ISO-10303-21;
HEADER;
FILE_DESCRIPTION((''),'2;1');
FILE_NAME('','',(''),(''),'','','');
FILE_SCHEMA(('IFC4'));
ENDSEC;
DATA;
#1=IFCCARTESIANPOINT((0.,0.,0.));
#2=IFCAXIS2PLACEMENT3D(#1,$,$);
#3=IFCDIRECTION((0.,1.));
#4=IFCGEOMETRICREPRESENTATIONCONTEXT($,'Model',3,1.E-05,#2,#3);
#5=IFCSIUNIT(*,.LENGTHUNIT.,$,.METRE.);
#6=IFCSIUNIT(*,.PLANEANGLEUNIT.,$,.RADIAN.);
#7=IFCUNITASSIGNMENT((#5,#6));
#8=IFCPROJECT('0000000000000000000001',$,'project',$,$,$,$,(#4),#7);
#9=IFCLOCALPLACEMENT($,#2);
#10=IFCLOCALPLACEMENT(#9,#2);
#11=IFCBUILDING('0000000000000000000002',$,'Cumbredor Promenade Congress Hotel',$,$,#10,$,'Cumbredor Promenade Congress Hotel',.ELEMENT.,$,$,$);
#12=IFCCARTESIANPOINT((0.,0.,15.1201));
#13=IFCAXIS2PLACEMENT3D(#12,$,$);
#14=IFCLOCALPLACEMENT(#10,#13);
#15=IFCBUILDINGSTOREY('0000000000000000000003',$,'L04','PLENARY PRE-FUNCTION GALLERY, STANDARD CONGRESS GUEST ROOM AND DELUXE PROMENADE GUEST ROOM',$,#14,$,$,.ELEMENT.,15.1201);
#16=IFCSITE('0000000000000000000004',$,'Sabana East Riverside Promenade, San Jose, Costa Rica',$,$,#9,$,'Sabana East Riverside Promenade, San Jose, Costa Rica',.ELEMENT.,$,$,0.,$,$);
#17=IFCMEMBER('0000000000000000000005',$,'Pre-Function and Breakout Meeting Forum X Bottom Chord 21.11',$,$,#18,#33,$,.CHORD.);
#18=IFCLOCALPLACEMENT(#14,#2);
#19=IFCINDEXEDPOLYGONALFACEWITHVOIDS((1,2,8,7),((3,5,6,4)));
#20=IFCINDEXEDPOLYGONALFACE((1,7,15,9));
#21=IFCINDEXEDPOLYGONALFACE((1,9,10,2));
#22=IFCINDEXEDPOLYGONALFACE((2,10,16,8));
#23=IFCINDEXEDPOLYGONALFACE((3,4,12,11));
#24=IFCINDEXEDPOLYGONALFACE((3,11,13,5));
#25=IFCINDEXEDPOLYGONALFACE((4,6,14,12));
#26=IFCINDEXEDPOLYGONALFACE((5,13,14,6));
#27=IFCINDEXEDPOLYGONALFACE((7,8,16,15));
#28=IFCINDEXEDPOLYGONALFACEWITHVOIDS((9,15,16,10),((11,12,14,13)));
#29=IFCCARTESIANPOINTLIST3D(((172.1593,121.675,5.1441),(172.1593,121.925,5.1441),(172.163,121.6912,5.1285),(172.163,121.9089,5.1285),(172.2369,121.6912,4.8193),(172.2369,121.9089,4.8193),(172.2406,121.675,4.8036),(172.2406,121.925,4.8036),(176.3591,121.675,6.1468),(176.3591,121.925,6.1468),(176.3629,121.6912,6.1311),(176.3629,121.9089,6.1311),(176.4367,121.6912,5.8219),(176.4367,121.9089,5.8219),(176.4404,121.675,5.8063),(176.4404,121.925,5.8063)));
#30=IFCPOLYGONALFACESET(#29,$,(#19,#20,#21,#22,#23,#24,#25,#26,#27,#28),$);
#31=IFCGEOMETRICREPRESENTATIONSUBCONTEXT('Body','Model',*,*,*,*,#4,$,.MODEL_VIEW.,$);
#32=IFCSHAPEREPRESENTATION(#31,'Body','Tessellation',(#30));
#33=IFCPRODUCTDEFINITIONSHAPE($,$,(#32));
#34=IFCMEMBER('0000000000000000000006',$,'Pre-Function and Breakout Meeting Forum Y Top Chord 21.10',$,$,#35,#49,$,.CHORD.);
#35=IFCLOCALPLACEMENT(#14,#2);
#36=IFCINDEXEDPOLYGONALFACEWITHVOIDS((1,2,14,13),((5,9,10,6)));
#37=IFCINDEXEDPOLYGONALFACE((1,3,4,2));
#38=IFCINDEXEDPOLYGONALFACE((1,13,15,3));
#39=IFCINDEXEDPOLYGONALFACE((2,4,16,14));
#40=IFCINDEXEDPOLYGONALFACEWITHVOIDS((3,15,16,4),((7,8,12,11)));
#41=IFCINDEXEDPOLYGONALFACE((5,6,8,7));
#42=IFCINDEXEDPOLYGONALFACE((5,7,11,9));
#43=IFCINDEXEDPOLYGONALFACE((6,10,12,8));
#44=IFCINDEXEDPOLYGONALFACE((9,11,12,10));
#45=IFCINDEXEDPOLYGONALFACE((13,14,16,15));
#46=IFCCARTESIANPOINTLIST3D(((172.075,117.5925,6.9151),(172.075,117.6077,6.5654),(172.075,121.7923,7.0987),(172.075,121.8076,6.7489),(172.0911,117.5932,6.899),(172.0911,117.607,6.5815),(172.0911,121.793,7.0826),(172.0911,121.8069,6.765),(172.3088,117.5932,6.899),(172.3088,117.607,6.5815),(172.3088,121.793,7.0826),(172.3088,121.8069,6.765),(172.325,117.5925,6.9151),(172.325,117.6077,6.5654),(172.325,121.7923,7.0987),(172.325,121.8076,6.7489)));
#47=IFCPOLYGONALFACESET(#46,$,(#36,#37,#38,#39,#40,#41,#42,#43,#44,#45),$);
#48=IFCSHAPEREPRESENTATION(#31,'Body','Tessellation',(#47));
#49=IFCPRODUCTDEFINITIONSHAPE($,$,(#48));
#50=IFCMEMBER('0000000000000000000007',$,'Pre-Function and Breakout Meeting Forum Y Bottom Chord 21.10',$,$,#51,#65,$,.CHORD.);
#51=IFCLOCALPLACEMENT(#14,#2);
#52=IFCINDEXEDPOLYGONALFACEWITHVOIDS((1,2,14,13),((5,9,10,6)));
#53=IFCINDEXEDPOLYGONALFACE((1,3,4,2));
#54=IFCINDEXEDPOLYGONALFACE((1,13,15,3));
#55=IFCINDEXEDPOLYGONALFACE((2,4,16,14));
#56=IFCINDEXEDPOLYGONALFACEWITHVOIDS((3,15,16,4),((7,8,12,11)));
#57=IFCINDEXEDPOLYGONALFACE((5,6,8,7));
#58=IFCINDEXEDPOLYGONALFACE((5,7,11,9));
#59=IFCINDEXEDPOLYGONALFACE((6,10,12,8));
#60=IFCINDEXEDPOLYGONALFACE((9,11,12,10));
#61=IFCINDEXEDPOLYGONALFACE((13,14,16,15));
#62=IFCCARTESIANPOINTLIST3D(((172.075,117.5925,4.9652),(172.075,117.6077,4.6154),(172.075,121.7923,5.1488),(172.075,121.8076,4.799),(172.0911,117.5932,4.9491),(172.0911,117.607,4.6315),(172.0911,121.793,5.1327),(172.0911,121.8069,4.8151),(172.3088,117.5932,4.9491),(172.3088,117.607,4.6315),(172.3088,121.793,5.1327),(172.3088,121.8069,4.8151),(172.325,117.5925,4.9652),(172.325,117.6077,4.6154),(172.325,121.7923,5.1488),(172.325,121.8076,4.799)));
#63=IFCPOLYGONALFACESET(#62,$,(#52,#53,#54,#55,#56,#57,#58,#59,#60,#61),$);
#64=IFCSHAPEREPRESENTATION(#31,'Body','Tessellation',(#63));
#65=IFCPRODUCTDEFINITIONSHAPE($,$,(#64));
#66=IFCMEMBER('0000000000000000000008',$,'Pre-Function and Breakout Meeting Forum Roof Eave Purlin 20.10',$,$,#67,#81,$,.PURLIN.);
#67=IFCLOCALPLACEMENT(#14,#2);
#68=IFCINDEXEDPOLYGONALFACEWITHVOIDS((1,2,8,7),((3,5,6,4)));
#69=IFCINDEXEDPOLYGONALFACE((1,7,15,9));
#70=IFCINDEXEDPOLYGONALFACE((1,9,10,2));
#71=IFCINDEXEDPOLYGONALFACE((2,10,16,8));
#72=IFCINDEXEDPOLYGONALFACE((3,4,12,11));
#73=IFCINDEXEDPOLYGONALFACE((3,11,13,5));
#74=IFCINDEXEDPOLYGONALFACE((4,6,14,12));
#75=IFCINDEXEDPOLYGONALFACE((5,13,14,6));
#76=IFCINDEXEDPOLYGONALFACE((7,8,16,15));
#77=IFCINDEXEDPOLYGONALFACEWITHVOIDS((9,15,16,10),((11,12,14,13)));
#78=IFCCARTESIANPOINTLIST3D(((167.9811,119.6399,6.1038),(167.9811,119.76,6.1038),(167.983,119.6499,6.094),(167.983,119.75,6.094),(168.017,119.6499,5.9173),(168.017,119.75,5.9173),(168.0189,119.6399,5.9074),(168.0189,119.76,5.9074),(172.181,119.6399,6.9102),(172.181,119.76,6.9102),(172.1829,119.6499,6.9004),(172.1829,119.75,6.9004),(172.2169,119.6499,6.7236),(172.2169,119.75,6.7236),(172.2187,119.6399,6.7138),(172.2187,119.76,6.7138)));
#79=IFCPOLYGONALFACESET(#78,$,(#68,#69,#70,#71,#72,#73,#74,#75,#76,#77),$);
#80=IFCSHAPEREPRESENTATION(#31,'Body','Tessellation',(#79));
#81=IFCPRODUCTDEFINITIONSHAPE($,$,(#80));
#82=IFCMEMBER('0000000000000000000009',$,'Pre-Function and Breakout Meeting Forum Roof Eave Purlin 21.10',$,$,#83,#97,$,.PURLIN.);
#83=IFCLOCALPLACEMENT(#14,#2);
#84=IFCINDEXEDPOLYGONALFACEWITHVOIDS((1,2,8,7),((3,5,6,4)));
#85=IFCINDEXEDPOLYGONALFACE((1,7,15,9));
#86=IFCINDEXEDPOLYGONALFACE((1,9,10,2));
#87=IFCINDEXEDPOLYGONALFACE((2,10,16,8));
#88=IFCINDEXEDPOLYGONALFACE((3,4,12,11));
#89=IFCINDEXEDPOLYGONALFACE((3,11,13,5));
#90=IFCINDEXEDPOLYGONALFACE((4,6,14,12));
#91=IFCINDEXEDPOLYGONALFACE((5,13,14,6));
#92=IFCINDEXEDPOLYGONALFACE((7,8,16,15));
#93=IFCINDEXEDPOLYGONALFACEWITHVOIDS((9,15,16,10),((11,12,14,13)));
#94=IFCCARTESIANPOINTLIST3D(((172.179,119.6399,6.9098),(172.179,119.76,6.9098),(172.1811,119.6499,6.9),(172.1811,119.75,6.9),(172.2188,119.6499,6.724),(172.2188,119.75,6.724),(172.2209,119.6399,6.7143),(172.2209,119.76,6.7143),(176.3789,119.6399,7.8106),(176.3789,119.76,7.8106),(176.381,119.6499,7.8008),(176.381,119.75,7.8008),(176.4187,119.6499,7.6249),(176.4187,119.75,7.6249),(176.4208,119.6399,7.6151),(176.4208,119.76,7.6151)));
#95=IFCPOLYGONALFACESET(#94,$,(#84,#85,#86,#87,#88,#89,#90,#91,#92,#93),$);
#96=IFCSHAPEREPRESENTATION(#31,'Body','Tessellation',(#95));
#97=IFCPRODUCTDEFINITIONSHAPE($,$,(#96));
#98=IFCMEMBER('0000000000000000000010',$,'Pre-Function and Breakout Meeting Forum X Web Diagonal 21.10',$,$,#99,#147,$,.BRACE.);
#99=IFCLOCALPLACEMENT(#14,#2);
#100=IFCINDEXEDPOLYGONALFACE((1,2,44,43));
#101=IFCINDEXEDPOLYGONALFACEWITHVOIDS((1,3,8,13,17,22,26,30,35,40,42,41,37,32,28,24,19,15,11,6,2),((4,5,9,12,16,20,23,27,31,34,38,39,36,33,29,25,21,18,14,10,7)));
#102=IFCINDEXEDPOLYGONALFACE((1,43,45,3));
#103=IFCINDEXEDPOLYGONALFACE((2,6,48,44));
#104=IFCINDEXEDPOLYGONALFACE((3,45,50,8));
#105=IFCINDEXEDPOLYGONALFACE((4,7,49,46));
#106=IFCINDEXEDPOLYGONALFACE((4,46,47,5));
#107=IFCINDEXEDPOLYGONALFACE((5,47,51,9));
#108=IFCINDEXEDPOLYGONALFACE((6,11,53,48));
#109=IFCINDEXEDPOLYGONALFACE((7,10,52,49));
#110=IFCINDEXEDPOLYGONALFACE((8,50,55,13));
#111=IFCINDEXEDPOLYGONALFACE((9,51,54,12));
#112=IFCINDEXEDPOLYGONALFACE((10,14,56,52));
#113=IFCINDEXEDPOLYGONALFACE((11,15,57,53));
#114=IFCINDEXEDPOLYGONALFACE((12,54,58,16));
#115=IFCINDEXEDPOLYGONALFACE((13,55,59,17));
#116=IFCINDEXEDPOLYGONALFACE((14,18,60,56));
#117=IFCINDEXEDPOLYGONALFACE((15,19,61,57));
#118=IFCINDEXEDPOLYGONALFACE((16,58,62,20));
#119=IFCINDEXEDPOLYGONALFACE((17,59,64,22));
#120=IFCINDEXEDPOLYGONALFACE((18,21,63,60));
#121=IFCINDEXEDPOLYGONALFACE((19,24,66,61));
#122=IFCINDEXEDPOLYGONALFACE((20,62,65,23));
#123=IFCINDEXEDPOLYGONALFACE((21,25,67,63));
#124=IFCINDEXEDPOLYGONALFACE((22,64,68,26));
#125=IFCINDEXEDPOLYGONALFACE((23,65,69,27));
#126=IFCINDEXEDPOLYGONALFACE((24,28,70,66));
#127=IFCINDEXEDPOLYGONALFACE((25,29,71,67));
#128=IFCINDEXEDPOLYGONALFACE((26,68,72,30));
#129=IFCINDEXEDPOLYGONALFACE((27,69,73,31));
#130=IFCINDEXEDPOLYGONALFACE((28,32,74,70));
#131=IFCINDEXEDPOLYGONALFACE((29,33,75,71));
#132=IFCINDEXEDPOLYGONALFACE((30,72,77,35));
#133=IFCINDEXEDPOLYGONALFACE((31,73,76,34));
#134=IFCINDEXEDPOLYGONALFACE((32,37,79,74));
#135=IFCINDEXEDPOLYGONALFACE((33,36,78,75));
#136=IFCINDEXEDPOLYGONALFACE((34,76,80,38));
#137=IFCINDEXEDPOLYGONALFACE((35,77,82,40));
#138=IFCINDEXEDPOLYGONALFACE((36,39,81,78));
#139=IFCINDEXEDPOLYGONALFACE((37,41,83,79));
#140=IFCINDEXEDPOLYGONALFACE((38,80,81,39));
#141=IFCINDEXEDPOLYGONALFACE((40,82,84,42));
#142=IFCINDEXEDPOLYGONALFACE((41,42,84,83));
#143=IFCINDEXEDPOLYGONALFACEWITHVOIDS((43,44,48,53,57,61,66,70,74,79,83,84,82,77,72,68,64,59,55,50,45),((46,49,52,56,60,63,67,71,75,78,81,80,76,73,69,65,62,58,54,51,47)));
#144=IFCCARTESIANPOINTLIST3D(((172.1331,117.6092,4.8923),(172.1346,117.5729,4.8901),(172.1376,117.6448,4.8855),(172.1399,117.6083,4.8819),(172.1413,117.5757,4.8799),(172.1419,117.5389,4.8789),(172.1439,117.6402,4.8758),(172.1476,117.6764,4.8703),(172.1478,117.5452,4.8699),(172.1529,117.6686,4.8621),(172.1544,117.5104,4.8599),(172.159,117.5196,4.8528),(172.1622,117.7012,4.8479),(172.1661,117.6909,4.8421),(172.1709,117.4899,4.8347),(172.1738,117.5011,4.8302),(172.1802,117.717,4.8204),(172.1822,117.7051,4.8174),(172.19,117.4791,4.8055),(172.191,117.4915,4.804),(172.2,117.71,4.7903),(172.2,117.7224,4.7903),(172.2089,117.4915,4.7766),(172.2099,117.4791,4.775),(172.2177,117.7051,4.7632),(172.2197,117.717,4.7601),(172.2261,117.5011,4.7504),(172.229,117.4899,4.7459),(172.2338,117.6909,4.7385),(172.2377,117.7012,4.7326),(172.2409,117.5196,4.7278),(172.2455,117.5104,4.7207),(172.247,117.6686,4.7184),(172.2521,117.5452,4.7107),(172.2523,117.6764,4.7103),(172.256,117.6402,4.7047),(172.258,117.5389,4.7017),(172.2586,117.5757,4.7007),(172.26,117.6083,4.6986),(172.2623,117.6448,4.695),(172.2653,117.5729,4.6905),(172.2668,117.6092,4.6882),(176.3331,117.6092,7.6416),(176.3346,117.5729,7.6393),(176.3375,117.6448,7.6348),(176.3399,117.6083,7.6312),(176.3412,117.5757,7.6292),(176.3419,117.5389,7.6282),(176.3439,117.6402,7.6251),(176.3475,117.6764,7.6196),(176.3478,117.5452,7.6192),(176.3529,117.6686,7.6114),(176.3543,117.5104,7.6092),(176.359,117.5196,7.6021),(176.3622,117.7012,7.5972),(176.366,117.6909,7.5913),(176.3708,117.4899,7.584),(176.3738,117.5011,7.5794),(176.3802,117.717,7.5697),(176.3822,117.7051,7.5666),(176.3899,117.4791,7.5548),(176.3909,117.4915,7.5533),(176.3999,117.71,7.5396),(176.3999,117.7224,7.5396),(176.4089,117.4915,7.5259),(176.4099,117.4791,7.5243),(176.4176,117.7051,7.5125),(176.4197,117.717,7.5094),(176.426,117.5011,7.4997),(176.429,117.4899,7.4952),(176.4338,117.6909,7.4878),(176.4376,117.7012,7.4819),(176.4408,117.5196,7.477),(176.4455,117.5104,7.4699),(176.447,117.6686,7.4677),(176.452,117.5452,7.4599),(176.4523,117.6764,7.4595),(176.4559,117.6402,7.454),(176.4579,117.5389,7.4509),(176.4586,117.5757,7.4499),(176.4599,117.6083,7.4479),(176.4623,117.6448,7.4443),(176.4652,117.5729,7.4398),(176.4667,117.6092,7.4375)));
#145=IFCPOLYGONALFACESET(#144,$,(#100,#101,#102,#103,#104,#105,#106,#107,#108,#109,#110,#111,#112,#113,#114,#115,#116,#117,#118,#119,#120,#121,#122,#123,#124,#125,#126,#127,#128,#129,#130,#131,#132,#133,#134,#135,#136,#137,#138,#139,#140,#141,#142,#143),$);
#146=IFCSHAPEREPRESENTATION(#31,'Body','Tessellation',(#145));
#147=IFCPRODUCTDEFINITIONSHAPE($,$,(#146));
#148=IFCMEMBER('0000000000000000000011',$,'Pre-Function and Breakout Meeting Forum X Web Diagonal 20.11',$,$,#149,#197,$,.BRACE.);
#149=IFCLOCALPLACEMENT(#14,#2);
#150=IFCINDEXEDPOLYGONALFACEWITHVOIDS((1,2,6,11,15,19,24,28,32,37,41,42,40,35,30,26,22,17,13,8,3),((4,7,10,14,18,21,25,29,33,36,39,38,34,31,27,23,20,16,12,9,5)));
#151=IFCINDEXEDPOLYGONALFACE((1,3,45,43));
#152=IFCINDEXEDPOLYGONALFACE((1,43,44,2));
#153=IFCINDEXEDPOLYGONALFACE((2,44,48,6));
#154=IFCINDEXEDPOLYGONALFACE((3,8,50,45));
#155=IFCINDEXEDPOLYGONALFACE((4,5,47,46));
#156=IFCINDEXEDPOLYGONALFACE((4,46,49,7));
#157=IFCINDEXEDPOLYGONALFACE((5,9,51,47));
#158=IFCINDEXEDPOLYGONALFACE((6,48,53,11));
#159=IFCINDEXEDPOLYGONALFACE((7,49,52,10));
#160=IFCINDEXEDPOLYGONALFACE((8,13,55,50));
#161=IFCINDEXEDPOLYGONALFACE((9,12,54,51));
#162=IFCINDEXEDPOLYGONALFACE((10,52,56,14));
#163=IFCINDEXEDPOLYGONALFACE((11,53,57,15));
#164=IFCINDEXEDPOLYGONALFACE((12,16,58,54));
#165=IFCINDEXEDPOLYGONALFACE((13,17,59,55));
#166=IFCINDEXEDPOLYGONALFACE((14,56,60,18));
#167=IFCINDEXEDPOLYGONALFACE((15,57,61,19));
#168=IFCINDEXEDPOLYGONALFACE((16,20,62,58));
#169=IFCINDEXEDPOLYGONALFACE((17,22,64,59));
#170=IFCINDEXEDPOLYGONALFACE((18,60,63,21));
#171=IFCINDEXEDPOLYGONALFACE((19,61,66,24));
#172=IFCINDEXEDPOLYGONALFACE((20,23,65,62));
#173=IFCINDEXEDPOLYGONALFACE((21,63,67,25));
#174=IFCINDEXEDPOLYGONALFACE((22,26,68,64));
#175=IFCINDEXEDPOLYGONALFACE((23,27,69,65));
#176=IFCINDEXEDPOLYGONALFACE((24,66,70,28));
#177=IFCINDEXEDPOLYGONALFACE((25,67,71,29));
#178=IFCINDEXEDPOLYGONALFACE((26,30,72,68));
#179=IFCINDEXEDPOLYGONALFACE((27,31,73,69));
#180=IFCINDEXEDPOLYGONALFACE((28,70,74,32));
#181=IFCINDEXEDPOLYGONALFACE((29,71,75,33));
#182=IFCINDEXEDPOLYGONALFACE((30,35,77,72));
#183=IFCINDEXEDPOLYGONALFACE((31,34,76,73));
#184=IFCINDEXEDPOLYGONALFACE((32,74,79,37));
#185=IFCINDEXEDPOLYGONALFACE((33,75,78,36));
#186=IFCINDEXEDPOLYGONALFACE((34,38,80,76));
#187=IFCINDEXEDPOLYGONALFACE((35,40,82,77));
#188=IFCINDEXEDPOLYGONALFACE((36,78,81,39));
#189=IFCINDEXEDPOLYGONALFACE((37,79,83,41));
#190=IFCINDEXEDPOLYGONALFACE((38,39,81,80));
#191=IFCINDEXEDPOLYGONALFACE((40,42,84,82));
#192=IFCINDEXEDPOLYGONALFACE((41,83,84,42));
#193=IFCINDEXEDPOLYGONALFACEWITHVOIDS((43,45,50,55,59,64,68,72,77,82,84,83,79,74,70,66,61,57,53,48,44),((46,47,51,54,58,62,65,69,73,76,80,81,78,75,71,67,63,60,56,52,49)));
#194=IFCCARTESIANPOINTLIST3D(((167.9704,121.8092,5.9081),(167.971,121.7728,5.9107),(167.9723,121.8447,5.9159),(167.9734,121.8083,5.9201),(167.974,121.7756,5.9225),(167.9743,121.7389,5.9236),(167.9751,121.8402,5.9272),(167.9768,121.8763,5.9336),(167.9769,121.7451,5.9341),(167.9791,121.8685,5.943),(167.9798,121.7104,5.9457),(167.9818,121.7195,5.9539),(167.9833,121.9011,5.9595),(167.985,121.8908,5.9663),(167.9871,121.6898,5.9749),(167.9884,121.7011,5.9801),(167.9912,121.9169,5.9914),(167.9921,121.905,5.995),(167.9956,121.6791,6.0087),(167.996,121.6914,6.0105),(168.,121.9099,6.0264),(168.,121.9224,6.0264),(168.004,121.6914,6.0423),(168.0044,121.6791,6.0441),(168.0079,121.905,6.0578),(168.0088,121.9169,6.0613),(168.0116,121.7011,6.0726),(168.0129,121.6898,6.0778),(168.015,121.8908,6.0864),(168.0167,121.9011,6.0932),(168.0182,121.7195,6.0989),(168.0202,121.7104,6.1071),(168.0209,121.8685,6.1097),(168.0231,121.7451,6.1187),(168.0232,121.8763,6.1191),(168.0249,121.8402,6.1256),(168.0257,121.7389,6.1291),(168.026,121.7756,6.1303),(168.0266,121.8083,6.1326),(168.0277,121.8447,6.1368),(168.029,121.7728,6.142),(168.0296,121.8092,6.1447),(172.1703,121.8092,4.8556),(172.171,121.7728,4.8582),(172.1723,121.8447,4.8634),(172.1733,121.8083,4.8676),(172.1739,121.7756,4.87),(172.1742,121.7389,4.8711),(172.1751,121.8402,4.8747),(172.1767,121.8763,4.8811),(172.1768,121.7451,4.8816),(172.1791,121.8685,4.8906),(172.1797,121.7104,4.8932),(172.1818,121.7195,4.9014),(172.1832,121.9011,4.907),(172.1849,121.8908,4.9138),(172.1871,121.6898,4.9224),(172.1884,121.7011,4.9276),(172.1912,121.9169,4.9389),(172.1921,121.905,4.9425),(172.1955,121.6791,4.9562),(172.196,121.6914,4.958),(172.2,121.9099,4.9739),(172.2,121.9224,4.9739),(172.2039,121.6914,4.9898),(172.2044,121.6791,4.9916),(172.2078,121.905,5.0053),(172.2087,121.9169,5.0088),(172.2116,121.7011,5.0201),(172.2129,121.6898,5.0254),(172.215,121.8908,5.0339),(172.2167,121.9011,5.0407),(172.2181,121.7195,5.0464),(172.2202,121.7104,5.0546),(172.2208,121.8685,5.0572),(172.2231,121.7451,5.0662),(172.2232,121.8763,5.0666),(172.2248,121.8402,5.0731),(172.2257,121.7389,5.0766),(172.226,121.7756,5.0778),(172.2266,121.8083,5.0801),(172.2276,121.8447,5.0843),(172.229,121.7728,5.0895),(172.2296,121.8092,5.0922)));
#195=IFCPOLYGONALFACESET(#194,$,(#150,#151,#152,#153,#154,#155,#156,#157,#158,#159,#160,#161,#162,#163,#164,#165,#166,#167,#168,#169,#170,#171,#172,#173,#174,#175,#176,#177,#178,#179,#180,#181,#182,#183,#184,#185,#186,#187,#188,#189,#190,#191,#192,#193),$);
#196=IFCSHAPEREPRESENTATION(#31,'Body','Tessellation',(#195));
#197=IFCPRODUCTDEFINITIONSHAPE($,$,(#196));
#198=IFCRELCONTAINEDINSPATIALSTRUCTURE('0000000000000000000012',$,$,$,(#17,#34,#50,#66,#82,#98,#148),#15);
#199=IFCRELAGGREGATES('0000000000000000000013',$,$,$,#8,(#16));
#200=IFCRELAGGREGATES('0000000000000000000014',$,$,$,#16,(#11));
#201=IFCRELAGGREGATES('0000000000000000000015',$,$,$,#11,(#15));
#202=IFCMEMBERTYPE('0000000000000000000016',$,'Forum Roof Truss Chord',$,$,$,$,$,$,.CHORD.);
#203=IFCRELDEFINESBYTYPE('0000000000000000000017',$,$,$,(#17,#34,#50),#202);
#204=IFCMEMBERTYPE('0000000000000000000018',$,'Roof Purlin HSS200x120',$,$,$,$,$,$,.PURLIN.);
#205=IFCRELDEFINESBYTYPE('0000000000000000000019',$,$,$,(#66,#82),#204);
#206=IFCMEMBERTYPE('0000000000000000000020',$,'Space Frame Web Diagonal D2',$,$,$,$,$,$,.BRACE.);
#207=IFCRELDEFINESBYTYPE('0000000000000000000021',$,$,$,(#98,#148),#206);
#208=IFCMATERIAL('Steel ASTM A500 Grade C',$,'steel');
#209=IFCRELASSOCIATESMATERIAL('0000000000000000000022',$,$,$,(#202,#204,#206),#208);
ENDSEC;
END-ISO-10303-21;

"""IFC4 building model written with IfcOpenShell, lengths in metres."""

from ifc_helpers import new_model, si_unit, direction, frame, origin, origin_2d, place, context, subcontext, project, spatial, hollow_rectangle, hollow_circle, extrude, material, material_profile, profile_set, type_object, element, save


model = new_model("IFC4")

# Units and contexts
model_context = context("Model", 3, precision=1e-05, world=origin(), true_north=direction((0.0, 1.0)))
body_context = subcontext(model_context, "Body", "Model", "MODEL_VIEW")
ifc_project = project(units=[si_unit("LENGTHUNIT", "METRE"), si_unit("PLANEANGLEUNIT", "RADIAN")], contexts=[model_context])

# Site, building, storey
site_placement = place(None, origin())
site = spatial("IfcSite", under=ifc_project, at=site_placement, Name="Sabana East Riverside Promenade, San Jose, Costa Rica", LongName="Sabana East Riverside Promenade, San Jose, Costa Rica", CompositionType="ELEMENT", RefElevation=0.0)
building_placement = place(site_placement, origin())
building = spatial("IfcBuilding", under=site, at=building_placement, Name="Cumbredor Promenade Congress Hotel", LongName="Cumbredor Promenade Congress Hotel", CompositionType="ELEMENT")
storey_placement = place(building_placement, frame((0.0, 0.0, 15.1201)))
storey = spatial("IfcBuildingStorey", under=building, at=storey_placement, Name="L04", Description="PLENARY PRE-FUNCTION GALLERY, STANDARD CONGRESS GUEST ROOM AND DELUXE PROMENADE GUEST ROOM", CompositionType="ELEMENT", Elevation=15.1201)

# Members
ifc_material_1 = material(Name="Steel ASTM A500 Grade C", Category="steel")
ifc_material_profile_1 = material_profile(ifc_material_1, hollow_rectangle(XDim=0.25, YDim=0.3501, WallThickness=0.0161, at=origin_2d()), Name="HSS 350x250x16")
ifc_profile_set_1 = profile_set([ifc_material_profile_1], Name="Steel ASTM A500 Grade C")
member_type_1 = type_object("IfcMemberType", Name="Forum Roof Truss Chord", PredefinedType="CHORD", material=ifc_profile_set_1)
for number, where, z_axis, x_axis, name in (
    (1, (172.2, 121.8, 4.9739), (0.972665, 0.0, 0.232212), (0.0, 1.0, 0.0), "Pre-Function and Breakout Meeting Forum X Bottom Chord 21.11"),
):
    element("IfcMember", number, at=place(storey_placement, frame(where, z_axis=z_axis, x_axis=x_axis)), inside=storey, type_object=member_type_1, Name=name, PredefinedType="CHORD", context=body_context, shape_type="SweptSolid", body=[
        extrude(hollow_rectangle(XDim=0.25, YDim=0.3501, WallThickness=0.0161, at=origin_2d()), origin(), (0.0, 0.0, 1.0), 4.3179),
    ])
for number, where, z_axis, x_axis, name in (
    (2, (172.2, 117.6001, 6.7402), (0.0, 0.999046, 0.043672), (-1.0, 0.0, 0.0), "Pre-Function and Breakout Meeting Forum Y Top Chord 21.10"),
    (3, (172.2, 117.6001, 4.7903), (0.0, 0.999046, 0.043672), (-1.0, 0.0, 0.0), "Pre-Function and Breakout Meeting Forum Y Bottom Chord 21.10"),
):
    element("IfcMember", number, at=place(storey_placement, frame(where, z_axis=z_axis, x_axis=x_axis)), inside=storey, type_object=member_type_1, Name=name, PredefinedType="CHORD", context=body_context, shape_type="SweptSolid", body=[
        extrude(hollow_rectangle(XDim=0.25, YDim=0.3501, WallThickness=0.0161, at=origin_2d()), origin(), (0.0, 0.0, 1.0), 4.2039),
    ])
ifc_material_profile_2 = material_profile(ifc_material_1, hollow_rectangle(XDim=0.1201, YDim=0.2, WallThickness=0.01, at=origin_2d()), Name="HSS 200x120x10")
ifc_profile_set_2 = profile_set([ifc_material_profile_2], Name="Steel ASTM A500 Grade C")
member_type_2 = type_object("IfcMemberType", Name="Roof Purlin HSS200x120", PredefinedType="PURLIN", material=ifc_profile_set_2)
member_1_placement = place(storey_placement, frame((168.0, 119.7, 6.0056), z_axis=(0.982062, 0.0, 0.188557), x_axis=(0.0, 1.0, 0.0)))
element("IfcMember", 4, at=member_1_placement, inside=storey, type_object=member_type_2, Name="Pre-Function and Breakout Meeting Forum Roof Eave Purlin 20.10", PredefinedType="PURLIN", context=body_context, shape_type="SweptSolid", body=[
    extrude(hollow_rectangle(XDim=0.1201, YDim=0.2, WallThickness=0.01, at=origin_2d()), origin(), (0.0, 0.0, 1.0), 4.2766),
])
member_2_placement = place(storey_placement, frame((172.2, 119.7, 6.812), z_axis=(0.97776, 0.0, 0.209727), x_axis=(0.0, 1.0, 0.0)))
element("IfcMember", 5, at=member_2_placement, inside=storey, type_object=member_type_2, Name="Pre-Function and Breakout Meeting Forum Roof Eave Purlin 21.10", PredefinedType="PURLIN", context=body_context, shape_type="SweptSolid", body=[
    extrude(hollow_rectangle(XDim=0.1201, YDim=0.2, WallThickness=0.01, at=origin_2d()), origin(), (0.0, 0.0, 1.0), 4.2954),
])
ifc_material_profile_3 = material_profile(ifc_material_1, hollow_circle(Radius=0.1223, WallThickness=0.0125, at=origin_2d()), Name="CHS 244.5x12.5")
ifc_profile_set_3 = profile_set([ifc_material_profile_3], Name="Steel ASTM A500 Grade C")
member_type_3 = type_object("IfcMemberType", Name="Space Frame Web Diagonal D2", PredefinedType="BRACE", material=ifc_profile_set_3)
member_3_placement = place(storey_placement, frame((172.2, 117.6001, 4.7903), z_axis=(0.836682, 0.0, 0.547688), x_axis=(0.0, 1.0, 0.0)))
element("IfcMember", 6, at=member_3_placement, inside=storey, type_object=member_type_3, Name="Pre-Function and Breakout Meeting Forum X Web Diagonal 21.10", PredefinedType="BRACE", context=body_context, shape_type="SweptSolid", body=[
    extrude(hollow_circle(Radius=0.1223, WallThickness=0.0125, at=origin_2d()), origin(), (0.0, 0.0, 1.0), 5.0198),
])
member_4_placement = place(storey_placement, frame((168.0, 121.8, 6.0264), z_axis=(0.970006, 0.0, -0.24308), x_axis=(0.0, 1.0, 0.0)))
element("IfcMember", 7, at=member_4_placement, inside=storey, type_object=member_type_3, Name="Pre-Function and Breakout Meeting Forum X Web Diagonal 20.11", PredefinedType="BRACE", context=body_context, shape_type="SweptSolid", body=[
    extrude(hollow_circle(Radius=0.1223, WallThickness=0.0125, at=origin_2d()), origin(), (0.0, 0.0, 1.0), 4.3298),
])

save(model, "model.ifc")
